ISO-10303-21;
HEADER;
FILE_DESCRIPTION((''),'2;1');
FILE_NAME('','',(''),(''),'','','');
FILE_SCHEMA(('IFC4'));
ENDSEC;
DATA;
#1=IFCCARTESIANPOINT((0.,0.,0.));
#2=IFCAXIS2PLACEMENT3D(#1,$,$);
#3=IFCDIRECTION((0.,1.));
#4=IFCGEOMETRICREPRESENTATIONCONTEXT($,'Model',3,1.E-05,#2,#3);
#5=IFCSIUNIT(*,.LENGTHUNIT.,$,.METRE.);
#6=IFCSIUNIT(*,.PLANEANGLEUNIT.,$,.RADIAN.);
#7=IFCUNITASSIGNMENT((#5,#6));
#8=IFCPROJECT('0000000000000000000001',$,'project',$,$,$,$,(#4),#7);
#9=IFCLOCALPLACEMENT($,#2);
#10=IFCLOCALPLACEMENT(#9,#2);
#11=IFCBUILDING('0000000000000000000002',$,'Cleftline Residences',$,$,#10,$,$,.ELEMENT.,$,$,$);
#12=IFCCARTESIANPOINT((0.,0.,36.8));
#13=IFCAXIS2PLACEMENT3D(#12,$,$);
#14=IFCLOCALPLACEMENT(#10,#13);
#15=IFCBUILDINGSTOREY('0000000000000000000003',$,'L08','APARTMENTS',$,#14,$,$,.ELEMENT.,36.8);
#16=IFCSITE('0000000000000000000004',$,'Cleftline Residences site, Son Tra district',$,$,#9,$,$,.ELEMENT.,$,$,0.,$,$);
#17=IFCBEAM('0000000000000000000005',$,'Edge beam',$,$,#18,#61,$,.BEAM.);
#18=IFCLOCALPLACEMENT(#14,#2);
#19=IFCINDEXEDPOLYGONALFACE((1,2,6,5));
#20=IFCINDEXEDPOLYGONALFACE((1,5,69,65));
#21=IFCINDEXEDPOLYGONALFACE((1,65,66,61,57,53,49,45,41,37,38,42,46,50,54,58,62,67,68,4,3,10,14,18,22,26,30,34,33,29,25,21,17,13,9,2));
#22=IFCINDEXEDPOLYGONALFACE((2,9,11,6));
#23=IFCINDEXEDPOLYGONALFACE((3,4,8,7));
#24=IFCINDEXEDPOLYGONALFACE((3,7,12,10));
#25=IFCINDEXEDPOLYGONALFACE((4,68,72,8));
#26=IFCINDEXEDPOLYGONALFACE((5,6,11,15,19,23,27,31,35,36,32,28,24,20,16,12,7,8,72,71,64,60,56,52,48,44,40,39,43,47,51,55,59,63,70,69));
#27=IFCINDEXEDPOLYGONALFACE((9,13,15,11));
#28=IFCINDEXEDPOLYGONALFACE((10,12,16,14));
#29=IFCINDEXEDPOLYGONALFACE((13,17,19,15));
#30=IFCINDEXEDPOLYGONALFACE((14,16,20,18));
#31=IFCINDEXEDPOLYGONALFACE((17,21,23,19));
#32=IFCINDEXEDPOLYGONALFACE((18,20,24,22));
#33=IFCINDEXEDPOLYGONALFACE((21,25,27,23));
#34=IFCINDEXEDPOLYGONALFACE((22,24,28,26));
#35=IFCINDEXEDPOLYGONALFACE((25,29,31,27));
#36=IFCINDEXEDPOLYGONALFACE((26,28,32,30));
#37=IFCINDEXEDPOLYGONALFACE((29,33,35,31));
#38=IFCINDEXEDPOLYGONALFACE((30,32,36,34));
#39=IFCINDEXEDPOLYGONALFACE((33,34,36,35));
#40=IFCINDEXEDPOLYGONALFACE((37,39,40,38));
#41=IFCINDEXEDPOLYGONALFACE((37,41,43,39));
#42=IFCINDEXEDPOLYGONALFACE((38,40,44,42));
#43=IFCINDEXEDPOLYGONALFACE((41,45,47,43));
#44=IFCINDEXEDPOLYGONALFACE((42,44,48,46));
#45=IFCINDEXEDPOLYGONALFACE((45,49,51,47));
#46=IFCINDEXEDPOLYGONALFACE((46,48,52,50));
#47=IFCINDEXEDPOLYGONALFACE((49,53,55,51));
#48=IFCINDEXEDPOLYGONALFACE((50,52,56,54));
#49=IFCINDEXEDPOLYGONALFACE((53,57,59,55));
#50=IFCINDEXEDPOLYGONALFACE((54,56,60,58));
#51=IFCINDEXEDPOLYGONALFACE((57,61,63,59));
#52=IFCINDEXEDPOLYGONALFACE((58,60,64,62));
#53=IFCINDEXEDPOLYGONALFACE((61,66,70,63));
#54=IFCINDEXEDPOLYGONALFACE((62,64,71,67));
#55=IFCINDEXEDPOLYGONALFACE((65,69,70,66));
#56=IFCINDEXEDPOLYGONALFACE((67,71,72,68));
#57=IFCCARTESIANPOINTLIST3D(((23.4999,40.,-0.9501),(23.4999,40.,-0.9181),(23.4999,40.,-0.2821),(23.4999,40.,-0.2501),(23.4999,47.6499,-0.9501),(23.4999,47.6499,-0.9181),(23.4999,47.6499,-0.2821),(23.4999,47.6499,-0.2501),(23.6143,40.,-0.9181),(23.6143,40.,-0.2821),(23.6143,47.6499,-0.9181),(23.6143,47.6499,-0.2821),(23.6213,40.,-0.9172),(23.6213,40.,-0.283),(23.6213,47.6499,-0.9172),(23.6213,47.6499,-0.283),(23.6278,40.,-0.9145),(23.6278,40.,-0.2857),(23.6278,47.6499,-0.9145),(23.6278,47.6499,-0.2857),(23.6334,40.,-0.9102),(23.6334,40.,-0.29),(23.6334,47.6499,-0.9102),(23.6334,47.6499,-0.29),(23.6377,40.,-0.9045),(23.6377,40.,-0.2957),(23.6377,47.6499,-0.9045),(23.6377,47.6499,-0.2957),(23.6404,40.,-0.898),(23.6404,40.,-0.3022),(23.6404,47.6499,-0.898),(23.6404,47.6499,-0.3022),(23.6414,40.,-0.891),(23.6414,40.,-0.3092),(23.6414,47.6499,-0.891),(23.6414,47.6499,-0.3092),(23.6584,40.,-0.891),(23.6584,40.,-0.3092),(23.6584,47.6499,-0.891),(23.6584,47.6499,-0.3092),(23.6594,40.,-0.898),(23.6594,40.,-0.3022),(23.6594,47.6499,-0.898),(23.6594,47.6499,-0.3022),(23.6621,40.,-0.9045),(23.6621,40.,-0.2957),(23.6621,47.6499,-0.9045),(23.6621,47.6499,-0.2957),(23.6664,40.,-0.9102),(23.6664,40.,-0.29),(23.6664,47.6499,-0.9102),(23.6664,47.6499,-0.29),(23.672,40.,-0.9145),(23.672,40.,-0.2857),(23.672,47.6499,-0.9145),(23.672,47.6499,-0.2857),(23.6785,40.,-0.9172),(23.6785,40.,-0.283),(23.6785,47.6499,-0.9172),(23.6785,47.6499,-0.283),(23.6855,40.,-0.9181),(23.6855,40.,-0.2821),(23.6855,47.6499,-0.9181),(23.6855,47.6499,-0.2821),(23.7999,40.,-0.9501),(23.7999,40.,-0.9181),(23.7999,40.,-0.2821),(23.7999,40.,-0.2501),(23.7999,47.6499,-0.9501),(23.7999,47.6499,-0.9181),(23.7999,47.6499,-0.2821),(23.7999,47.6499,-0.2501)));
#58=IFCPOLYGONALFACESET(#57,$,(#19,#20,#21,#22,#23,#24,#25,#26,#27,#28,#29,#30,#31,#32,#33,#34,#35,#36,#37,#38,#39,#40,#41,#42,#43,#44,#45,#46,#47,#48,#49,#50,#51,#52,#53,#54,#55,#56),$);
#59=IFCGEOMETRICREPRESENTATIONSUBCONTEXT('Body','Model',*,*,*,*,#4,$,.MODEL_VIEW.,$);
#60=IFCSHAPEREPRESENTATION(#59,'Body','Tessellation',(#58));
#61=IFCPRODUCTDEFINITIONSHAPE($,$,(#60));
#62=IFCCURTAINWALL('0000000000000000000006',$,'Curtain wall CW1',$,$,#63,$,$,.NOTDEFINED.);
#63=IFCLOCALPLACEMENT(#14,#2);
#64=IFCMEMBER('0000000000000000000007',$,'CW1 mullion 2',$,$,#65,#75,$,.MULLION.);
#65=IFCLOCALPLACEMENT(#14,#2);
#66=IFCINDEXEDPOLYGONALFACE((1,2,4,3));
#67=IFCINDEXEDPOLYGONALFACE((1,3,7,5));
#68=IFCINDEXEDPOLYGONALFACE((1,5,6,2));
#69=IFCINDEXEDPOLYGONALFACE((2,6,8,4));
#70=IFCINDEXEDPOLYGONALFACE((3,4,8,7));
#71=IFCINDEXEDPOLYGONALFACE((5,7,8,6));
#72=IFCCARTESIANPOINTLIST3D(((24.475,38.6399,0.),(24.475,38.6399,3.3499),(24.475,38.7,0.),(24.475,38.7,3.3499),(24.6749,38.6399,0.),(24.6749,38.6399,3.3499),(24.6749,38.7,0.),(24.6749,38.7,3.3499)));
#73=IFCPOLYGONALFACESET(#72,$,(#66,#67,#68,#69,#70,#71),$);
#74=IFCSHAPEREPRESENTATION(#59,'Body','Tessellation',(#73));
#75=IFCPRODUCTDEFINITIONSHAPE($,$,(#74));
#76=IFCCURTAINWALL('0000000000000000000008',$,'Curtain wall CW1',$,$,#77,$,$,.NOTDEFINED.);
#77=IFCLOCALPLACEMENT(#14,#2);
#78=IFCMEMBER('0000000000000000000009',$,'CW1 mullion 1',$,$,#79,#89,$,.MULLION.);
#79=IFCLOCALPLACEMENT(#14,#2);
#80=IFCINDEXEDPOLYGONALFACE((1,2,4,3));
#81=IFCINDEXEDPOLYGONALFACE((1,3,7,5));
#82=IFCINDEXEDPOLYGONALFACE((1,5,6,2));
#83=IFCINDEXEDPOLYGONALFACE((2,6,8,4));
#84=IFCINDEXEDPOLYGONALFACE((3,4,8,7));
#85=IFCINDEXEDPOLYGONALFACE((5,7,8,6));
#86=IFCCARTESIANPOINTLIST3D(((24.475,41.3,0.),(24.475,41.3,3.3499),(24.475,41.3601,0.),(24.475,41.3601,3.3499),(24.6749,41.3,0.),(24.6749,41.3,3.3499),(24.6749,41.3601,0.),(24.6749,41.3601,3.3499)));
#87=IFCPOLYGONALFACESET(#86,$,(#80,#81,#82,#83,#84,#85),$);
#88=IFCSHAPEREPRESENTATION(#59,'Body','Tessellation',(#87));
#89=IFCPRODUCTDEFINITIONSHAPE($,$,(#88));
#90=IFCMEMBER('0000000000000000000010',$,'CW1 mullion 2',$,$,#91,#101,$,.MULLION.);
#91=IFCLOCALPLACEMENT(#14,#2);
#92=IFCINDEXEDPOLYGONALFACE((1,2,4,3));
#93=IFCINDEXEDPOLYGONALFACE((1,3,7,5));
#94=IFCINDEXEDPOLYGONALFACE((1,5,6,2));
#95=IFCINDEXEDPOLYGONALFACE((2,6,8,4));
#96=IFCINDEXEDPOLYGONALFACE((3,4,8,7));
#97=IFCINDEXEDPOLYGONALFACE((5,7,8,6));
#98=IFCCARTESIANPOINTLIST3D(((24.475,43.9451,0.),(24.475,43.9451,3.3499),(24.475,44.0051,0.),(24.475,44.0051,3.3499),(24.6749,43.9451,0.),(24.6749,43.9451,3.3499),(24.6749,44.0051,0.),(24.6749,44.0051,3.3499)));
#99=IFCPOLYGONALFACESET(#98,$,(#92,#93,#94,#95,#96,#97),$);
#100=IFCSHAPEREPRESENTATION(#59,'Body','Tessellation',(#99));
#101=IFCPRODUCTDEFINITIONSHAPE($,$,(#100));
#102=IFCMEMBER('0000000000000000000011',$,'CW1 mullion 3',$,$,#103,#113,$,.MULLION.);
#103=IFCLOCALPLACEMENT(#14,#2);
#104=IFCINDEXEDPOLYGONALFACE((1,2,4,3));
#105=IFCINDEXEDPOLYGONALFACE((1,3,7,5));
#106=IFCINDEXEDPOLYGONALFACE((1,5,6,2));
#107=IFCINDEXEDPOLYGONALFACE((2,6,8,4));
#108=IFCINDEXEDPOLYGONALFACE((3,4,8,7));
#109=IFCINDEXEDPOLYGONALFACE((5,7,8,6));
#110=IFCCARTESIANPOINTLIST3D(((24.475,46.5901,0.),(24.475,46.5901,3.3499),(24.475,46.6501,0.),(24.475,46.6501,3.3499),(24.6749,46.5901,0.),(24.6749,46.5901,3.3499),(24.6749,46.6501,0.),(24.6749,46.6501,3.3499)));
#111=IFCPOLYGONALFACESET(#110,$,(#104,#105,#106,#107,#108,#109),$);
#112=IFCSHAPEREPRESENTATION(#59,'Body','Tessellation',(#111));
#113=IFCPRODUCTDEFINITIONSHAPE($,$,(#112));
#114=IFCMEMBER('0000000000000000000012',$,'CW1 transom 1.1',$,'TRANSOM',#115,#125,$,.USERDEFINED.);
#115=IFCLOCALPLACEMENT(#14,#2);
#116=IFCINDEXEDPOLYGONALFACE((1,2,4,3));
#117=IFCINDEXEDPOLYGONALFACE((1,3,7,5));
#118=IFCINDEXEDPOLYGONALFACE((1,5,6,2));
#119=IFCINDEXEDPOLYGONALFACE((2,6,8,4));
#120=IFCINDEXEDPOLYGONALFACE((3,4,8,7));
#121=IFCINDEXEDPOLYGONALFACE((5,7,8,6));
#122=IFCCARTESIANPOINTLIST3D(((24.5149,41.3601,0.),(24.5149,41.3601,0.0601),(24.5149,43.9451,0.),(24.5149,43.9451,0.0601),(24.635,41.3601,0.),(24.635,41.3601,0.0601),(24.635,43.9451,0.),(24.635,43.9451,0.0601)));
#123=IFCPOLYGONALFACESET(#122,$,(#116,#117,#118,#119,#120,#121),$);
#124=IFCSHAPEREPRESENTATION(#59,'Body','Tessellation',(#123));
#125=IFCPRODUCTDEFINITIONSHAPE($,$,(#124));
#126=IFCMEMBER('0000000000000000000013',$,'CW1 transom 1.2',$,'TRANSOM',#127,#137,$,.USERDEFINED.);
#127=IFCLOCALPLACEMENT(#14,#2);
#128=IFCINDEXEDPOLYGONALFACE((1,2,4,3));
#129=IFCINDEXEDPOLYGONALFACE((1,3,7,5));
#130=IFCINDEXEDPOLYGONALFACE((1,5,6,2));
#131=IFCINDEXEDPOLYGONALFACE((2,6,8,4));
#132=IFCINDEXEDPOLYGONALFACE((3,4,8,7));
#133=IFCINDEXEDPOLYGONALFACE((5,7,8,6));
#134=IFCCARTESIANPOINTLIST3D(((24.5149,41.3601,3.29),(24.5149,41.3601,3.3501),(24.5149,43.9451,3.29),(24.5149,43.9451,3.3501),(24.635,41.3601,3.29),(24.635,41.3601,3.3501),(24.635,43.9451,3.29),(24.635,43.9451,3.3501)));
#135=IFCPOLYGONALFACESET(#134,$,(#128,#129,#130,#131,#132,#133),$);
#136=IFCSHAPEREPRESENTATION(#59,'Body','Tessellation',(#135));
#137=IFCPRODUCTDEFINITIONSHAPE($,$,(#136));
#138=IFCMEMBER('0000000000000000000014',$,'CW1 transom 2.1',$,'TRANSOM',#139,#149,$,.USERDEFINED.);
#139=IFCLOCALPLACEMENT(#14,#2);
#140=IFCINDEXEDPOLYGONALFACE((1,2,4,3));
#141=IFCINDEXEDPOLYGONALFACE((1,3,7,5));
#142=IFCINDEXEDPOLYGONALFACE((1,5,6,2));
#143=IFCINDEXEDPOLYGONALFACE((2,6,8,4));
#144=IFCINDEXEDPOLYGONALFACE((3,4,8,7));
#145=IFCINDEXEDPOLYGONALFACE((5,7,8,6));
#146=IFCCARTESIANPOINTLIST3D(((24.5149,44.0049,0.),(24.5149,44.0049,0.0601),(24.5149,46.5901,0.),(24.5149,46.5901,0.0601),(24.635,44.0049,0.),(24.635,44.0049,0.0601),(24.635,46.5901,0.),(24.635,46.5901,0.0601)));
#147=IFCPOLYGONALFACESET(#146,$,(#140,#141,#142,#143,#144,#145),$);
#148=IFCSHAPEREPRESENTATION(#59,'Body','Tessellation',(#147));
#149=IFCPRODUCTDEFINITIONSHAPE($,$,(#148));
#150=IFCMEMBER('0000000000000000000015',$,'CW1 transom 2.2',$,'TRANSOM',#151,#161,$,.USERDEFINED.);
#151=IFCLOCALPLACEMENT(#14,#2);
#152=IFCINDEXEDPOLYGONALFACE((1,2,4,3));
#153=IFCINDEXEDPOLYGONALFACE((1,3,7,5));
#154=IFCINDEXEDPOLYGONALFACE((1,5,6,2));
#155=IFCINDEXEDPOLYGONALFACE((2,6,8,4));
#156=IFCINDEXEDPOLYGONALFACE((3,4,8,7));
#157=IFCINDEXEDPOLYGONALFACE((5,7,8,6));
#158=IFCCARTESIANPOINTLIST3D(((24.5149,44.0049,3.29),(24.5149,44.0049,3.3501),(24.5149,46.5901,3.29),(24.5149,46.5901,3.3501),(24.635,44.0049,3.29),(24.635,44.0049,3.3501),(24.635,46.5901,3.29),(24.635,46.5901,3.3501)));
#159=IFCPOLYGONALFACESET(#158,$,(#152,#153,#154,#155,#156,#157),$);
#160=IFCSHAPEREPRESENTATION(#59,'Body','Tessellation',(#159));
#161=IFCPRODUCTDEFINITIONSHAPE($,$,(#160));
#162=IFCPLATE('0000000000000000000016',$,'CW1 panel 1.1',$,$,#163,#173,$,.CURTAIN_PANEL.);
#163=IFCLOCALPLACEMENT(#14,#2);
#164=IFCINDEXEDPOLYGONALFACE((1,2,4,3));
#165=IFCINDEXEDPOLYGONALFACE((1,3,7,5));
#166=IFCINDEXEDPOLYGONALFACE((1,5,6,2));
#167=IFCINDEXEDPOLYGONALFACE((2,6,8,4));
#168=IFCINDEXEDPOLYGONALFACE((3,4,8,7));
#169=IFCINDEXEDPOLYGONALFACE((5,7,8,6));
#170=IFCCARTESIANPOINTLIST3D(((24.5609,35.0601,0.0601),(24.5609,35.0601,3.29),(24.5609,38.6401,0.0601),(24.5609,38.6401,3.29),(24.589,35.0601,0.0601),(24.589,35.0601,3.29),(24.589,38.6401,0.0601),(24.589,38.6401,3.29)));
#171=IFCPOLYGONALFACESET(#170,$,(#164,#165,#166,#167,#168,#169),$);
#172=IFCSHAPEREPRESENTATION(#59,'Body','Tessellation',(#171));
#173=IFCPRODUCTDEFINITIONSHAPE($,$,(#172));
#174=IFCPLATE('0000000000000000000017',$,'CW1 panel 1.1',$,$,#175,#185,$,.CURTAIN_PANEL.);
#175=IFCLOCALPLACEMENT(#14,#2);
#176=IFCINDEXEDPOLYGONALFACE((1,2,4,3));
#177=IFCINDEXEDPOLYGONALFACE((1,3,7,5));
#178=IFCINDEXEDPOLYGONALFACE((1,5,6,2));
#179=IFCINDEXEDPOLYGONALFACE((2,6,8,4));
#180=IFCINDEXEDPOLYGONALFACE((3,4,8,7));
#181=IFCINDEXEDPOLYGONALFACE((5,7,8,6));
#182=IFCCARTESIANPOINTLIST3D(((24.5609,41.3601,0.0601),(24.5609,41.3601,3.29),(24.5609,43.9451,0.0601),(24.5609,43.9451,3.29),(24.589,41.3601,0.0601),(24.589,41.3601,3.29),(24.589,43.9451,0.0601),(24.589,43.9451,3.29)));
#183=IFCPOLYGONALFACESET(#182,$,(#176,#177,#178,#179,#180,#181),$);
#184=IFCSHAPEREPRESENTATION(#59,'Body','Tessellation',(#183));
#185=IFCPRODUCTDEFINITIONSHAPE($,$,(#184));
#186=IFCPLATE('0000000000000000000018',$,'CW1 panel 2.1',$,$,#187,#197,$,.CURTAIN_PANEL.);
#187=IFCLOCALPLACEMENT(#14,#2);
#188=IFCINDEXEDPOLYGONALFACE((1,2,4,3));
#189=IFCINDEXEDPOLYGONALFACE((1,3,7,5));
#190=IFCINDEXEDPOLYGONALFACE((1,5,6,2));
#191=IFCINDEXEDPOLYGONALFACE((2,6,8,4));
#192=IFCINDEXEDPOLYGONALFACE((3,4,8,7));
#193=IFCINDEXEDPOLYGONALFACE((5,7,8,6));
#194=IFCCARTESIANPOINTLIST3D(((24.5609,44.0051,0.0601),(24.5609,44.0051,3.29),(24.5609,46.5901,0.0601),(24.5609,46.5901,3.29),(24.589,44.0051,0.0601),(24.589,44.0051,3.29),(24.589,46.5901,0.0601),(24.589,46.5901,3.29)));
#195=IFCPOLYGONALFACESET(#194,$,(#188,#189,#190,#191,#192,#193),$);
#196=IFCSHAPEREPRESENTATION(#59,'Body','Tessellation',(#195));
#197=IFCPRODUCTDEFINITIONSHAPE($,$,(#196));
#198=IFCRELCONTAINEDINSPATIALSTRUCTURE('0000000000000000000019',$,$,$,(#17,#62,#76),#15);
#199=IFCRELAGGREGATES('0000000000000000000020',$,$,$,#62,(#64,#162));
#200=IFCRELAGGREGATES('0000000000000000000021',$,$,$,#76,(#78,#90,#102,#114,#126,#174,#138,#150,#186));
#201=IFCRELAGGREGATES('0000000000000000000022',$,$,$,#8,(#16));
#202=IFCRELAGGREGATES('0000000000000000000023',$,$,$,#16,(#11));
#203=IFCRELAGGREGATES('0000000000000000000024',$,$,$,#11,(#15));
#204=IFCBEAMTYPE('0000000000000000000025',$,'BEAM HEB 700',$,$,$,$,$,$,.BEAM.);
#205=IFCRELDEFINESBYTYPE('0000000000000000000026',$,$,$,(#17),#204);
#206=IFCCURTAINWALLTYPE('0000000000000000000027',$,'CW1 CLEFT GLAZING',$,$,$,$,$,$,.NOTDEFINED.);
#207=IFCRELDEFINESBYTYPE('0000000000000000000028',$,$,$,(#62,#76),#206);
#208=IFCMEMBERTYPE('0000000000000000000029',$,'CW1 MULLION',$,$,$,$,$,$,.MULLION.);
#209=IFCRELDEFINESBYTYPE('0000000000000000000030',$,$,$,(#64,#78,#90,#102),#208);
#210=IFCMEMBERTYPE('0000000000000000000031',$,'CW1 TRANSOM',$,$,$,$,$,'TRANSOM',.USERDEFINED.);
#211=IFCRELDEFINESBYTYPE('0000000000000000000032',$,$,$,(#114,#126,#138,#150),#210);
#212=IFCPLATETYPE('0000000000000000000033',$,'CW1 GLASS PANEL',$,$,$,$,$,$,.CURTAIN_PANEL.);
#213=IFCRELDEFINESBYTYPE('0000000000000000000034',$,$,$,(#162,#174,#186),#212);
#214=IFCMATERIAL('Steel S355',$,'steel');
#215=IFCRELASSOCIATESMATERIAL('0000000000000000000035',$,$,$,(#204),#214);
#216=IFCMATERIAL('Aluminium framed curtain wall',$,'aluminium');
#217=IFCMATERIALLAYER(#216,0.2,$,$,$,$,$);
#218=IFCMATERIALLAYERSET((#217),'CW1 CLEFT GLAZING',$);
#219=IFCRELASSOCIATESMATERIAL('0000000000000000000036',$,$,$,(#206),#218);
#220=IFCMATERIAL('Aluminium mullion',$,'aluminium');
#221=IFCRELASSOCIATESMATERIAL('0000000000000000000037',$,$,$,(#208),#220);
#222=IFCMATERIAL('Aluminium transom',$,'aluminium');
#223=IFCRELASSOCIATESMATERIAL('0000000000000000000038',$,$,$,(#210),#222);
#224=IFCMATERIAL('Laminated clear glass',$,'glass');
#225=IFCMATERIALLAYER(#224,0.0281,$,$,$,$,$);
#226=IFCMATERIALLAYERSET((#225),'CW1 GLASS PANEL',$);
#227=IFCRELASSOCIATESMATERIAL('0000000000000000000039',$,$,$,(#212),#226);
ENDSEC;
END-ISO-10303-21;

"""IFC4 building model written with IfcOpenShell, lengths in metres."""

from ifc_helpers import new_model, si_unit, direction, frame, origin, origin_2d, place, context, subcontext, project, spatial, rectangle, i_section, extrude, material, layer, layer_set, material_profile, profile_set, type_object, element, aggregate, save


model = new_model("IFC4")

# Units and contexts
model_context = context("Model", 3, precision=1e-05, world=origin(), true_north=direction((0.0, 1.0)))
body_context = subcontext(model_context, "Body", "Model", "MODEL_VIEW")
ifc_project = project(units=[si_unit("LENGTHUNIT", "METRE"), si_unit("PLANEANGLEUNIT", "RADIAN")], contexts=[model_context])

# Site, building, storey
site_placement = place(None, origin())
site = spatial("IfcSite", under=ifc_project, at=site_placement, Name="Cleftline Residences site, Son Tra district", CompositionType="ELEMENT", RefElevation=0.0)
building_placement = place(site_placement, origin())
building = spatial("IfcBuilding", under=site, at=building_placement, Name="Cleftline Residences", CompositionType="ELEMENT")
storey_placement = place(building_placement, frame((0.0, 0.0, 36.8)))
storey = spatial("IfcBuildingStorey", under=building, at=storey_placement, Name="L08", Description="APARTMENTS", CompositionType="ELEMENT", Elevation=36.8)

# Beam
ifc_material_1 = material(Name="Steel S355", Category="steel")
ifc_material_profile_1 = material_profile(ifc_material_1, i_section(OverallWidth=0.3, OverallDepth=0.7, WebThickness=0.0171, FlangeThickness=0.032, FilletRadius=0.0271, at=origin_2d()))
ifc_profile_set_1 = profile_set([ifc_material_profile_1], Name="Steel S355")
beam_type = type_object("IfcBeamType", Name="BEAM HEB 700", PredefinedType="BEAM", material=ifc_profile_set_1)
beam_placement = place(storey_placement, frame((23.6499, 47.6499, -0.6001), z_axis=(0.0, -1.0, 0.0), x_axis=(1.0, 0.0, 0.0)))
element("IfcBeam", 1, at=beam_placement, inside=storey, type_object=beam_type, Name="Edge beam", PredefinedType="BEAM", context=body_context, shape_type="SweptSolid", body=[
    extrude(i_section(OverallWidth=0.3, OverallDepth=0.7, WebThickness=0.0171, FlangeThickness=0.032, FilletRadius=0.0271, at=origin_2d()), origin(), (0.0, 0.0, 1.0), 7.6499),
])

# Curtain wall, member
ifc_material_2 = material(Name="Aluminium framed curtain wall", Category="aluminium")
ifc_layer_1 = layer(ifc_material_2, 0.2)
ifc_layer_set_1 = layer_set([ifc_layer_1], Name="CW1 CLEFT GLAZING")
curtain_wall_type = type_object("IfcCurtainWallType", Name="CW1 CLEFT GLAZING", PredefinedType="NOTDEFINED", material=ifc_layer_set_1)
curtain_wall_1_placement = place(storey_placement, origin())
curtain_wall_1 = element("IfcCurtainWall", 2, at=curtain_wall_1_placement, inside=storey, type_object=curtain_wall_type, Name="Curtain wall CW1", PredefinedType="NOTDEFINED")
ifc_material_3 = material(Name="Aluminium mullion", Category="aluminium")
ifc_material_profile_2 = material_profile(ifc_material_3, rectangle(XDim=0.2, YDim=0.0601, at=origin_2d()))
ifc_profile_set_2 = profile_set([ifc_material_profile_2], Name="Aluminium mullion")
member_type_1 = type_object("IfcMemberType", Name="CW1 MULLION", PredefinedType="MULLION", material=ifc_profile_set_2)
member_1_placement = place(storey_placement, frame((24.575, 38.6699, 0.0), z_axis=(0.0, 0.0, 1.0), x_axis=(-1.0, 0.0, 0.0)))
member_1 = element("IfcMember", 3, at=member_1_placement, type_object=member_type_1, Name="CW1 mullion 2", PredefinedType="MULLION", context=body_context, shape_type="SweptSolid", body=[
    extrude(rectangle(XDim=0.2, YDim=0.0601, at=origin_2d()), origin(), (0.0, 0.0, 1.0), 3.3499),
])

# Curtain wall, members
curtain_wall_2_placement = place(storey_placement, origin())
curtain_wall_2 = element("IfcCurtainWall", 4, at=curtain_wall_2_placement, inside=storey, type_object=curtain_wall_type, Name="Curtain wall CW1", PredefinedType="NOTDEFINED")
member_2_placement = place(storey_placement, frame((24.575, 41.3301, 0.0), z_axis=(0.0, 0.0, 1.0), x_axis=(-1.0, 0.0, 0.0)))
member_2 = element("IfcMember", 5, at=member_2_placement, type_object=member_type_1, Name="CW1 mullion 1", PredefinedType="MULLION", context=body_context, shape_type="SweptSolid", body=[
    extrude(rectangle(XDim=0.2, YDim=0.0601, at=origin_2d()), origin(), (0.0, 0.0, 1.0), 3.3499),
])
member_3_placement = place(storey_placement, frame((24.575, 43.9751, 0.0), z_axis=(0.0, 0.0, 1.0), x_axis=(-1.0, 0.0, 0.0)))
member_3 = element("IfcMember", 6, at=member_3_placement, type_object=member_type_1, Name="CW1 mullion 2", PredefinedType="MULLION", context=body_context, shape_type="SweptSolid", body=[
    extrude(rectangle(XDim=0.2, YDim=0.0601, at=origin_2d()), origin(), (0.0, 0.0, 1.0), 3.3499),
])
member_4_placement = place(storey_placement, frame((24.575, 46.6201, 0.0), z_axis=(0.0, 0.0, 1.0), x_axis=(-1.0, 0.0, 0.0)))
member_4 = element("IfcMember", 7, at=member_4_placement, type_object=member_type_1, Name="CW1 mullion 3", PredefinedType="MULLION", context=body_context, shape_type="SweptSolid", body=[
    extrude(rectangle(XDim=0.2, YDim=0.0601, at=origin_2d()), origin(), (0.0, 0.0, 1.0), 3.3499),
])
ifc_material_4 = material(Name="Aluminium transom", Category="aluminium")
ifc_material_profile_3 = material_profile(ifc_material_4, rectangle(XDim=0.1201, YDim=0.0601, at=origin_2d()))
ifc_profile_set_3 = profile_set([ifc_material_profile_3], Name="Aluminium transom")
member_type_2 = type_object("IfcMemberType", Name="CW1 TRANSOM", ElementType="TRANSOM", PredefinedType="USERDEFINED", material=ifc_profile_set_3)
member_5_placement = place(storey_placement, frame((24.575, 41.3601, 0.03), z_axis=(0.0, 1.0, 0.0), x_axis=(-1.0, 0.0, 0.0)))
member_5 = element("IfcMember", 8, at=member_5_placement, type_object=member_type_2, Name="CW1 transom 1.1", ObjectType="TRANSOM", PredefinedType="USERDEFINED", context=body_context, shape_type="SweptSolid", body=[
    extrude(rectangle(XDim=0.1201, YDim=0.0601, at=origin_2d()), origin(), (0.0, 0.0, 1.0), 2.585),
])
member_6_placement = place(storey_placement, frame((24.575, 41.3601, 3.3201), z_axis=(0.0, 1.0, 0.0), x_axis=(-1.0, 0.0, 0.0)))
member_6 = element("IfcMember", 9, at=member_6_placement, type_object=member_type_2, Name="CW1 transom 1.2", ObjectType="TRANSOM", PredefinedType="USERDEFINED", context=body_context, shape_type="SweptSolid", body=[
    extrude(rectangle(XDim=0.1201, YDim=0.0601, at=origin_2d()), origin(), (0.0, 0.0, 1.0), 2.585),
])
member_7_placement = place(storey_placement, frame((24.575, 44.0049, 0.03), z_axis=(0.0, 1.0, 0.0), x_axis=(-1.0, 0.0, 0.0)))
member_7 = element("IfcMember", 10, at=member_7_placement, type_object=member_type_2, Name="CW1 transom 2.1", ObjectType="TRANSOM", PredefinedType="USERDEFINED", context=body_context, shape_type="SweptSolid", body=[
    extrude(rectangle(XDim=0.1201, YDim=0.0601, at=origin_2d()), origin(), (0.0, 0.0, 1.0), 2.5852),
])
member_8_placement = place(storey_placement, frame((24.575, 44.0049, 3.3201), z_axis=(0.0, 1.0, 0.0), x_axis=(-1.0, 0.0, 0.0)))
member_8 = element("IfcMember", 11, at=member_8_placement, type_object=member_type_2, Name="CW1 transom 2.2", ObjectType="TRANSOM", PredefinedType="USERDEFINED", context=body_context, shape_type="SweptSolid", body=[
    extrude(rectangle(XDim=0.1201, YDim=0.0601, at=origin_2d()), origin(), (0.0, 0.0, 1.0), 2.5852),
])

# Plates
ifc_material_5 = material(Name="Laminated clear glass", Category="glass")
ifc_layer_2 = layer(ifc_material_5, 0.0281)
ifc_layer_set_2 = layer_set([ifc_layer_2], Name="CW1 GLASS PANEL")
plate_type = type_object("IfcPlateType", Name="CW1 GLASS PANEL", PredefinedType="CURTAIN_PANEL", material=ifc_layer_set_2)
plate_1_placement = place(storey_placement, frame((24.575, 36.8501, 0.0601), z_axis=(0.0, 0.0, 1.0), x_axis=(0.0, 1.0, 0.0)))
plate_1 = element("IfcPlate", 12, at=plate_1_placement, type_object=plate_type, Name="CW1 panel 1.1", PredefinedType="CURTAIN_PANEL", context=body_context, shape_type="SweptSolid", body=[
    extrude(rectangle(XDim=3.5801, YDim=0.0281, at=origin_2d()), origin(), (0.0, 0.0, 1.0), 3.23),
])
aggregate(curtain_wall_1, [member_1, plate_1])
plate_2_placement = place(storey_placement, frame((24.575, 42.6526, 0.0601), z_axis=(0.0, 0.0, 1.0), x_axis=(0.0, 1.0, 0.0)))
plate_2 = element("IfcPlate", 13, at=plate_2_placement, type_object=plate_type, Name="CW1 panel 1.1", PredefinedType="CURTAIN_PANEL", context=body_context, shape_type="SweptSolid", body=[
    extrude(rectangle(XDim=2.585, YDim=0.0281, at=origin_2d()), origin(), (0.0, 0.0, 1.0), 3.23),
])
plate_3_placement = place(storey_placement, frame((24.575, 45.2976, 0.0601), z_axis=(0.0, 0.0, 1.0), x_axis=(0.0, 1.0, 0.0)))
plate_3 = element("IfcPlate", 14, at=plate_3_placement, type_object=plate_type, Name="CW1 panel 2.1", PredefinedType="CURTAIN_PANEL", context=body_context, shape_type="SweptSolid", body=[
    extrude(rectangle(XDim=2.585, YDim=0.0281, at=origin_2d()), origin(), (0.0, 0.0, 1.0), 3.23),
])
aggregate(curtain_wall_2, [member_2, member_3, member_4, member_5, member_6, plate_2, member_7, member_8, plate_3])

save(model, "model.ifc")
